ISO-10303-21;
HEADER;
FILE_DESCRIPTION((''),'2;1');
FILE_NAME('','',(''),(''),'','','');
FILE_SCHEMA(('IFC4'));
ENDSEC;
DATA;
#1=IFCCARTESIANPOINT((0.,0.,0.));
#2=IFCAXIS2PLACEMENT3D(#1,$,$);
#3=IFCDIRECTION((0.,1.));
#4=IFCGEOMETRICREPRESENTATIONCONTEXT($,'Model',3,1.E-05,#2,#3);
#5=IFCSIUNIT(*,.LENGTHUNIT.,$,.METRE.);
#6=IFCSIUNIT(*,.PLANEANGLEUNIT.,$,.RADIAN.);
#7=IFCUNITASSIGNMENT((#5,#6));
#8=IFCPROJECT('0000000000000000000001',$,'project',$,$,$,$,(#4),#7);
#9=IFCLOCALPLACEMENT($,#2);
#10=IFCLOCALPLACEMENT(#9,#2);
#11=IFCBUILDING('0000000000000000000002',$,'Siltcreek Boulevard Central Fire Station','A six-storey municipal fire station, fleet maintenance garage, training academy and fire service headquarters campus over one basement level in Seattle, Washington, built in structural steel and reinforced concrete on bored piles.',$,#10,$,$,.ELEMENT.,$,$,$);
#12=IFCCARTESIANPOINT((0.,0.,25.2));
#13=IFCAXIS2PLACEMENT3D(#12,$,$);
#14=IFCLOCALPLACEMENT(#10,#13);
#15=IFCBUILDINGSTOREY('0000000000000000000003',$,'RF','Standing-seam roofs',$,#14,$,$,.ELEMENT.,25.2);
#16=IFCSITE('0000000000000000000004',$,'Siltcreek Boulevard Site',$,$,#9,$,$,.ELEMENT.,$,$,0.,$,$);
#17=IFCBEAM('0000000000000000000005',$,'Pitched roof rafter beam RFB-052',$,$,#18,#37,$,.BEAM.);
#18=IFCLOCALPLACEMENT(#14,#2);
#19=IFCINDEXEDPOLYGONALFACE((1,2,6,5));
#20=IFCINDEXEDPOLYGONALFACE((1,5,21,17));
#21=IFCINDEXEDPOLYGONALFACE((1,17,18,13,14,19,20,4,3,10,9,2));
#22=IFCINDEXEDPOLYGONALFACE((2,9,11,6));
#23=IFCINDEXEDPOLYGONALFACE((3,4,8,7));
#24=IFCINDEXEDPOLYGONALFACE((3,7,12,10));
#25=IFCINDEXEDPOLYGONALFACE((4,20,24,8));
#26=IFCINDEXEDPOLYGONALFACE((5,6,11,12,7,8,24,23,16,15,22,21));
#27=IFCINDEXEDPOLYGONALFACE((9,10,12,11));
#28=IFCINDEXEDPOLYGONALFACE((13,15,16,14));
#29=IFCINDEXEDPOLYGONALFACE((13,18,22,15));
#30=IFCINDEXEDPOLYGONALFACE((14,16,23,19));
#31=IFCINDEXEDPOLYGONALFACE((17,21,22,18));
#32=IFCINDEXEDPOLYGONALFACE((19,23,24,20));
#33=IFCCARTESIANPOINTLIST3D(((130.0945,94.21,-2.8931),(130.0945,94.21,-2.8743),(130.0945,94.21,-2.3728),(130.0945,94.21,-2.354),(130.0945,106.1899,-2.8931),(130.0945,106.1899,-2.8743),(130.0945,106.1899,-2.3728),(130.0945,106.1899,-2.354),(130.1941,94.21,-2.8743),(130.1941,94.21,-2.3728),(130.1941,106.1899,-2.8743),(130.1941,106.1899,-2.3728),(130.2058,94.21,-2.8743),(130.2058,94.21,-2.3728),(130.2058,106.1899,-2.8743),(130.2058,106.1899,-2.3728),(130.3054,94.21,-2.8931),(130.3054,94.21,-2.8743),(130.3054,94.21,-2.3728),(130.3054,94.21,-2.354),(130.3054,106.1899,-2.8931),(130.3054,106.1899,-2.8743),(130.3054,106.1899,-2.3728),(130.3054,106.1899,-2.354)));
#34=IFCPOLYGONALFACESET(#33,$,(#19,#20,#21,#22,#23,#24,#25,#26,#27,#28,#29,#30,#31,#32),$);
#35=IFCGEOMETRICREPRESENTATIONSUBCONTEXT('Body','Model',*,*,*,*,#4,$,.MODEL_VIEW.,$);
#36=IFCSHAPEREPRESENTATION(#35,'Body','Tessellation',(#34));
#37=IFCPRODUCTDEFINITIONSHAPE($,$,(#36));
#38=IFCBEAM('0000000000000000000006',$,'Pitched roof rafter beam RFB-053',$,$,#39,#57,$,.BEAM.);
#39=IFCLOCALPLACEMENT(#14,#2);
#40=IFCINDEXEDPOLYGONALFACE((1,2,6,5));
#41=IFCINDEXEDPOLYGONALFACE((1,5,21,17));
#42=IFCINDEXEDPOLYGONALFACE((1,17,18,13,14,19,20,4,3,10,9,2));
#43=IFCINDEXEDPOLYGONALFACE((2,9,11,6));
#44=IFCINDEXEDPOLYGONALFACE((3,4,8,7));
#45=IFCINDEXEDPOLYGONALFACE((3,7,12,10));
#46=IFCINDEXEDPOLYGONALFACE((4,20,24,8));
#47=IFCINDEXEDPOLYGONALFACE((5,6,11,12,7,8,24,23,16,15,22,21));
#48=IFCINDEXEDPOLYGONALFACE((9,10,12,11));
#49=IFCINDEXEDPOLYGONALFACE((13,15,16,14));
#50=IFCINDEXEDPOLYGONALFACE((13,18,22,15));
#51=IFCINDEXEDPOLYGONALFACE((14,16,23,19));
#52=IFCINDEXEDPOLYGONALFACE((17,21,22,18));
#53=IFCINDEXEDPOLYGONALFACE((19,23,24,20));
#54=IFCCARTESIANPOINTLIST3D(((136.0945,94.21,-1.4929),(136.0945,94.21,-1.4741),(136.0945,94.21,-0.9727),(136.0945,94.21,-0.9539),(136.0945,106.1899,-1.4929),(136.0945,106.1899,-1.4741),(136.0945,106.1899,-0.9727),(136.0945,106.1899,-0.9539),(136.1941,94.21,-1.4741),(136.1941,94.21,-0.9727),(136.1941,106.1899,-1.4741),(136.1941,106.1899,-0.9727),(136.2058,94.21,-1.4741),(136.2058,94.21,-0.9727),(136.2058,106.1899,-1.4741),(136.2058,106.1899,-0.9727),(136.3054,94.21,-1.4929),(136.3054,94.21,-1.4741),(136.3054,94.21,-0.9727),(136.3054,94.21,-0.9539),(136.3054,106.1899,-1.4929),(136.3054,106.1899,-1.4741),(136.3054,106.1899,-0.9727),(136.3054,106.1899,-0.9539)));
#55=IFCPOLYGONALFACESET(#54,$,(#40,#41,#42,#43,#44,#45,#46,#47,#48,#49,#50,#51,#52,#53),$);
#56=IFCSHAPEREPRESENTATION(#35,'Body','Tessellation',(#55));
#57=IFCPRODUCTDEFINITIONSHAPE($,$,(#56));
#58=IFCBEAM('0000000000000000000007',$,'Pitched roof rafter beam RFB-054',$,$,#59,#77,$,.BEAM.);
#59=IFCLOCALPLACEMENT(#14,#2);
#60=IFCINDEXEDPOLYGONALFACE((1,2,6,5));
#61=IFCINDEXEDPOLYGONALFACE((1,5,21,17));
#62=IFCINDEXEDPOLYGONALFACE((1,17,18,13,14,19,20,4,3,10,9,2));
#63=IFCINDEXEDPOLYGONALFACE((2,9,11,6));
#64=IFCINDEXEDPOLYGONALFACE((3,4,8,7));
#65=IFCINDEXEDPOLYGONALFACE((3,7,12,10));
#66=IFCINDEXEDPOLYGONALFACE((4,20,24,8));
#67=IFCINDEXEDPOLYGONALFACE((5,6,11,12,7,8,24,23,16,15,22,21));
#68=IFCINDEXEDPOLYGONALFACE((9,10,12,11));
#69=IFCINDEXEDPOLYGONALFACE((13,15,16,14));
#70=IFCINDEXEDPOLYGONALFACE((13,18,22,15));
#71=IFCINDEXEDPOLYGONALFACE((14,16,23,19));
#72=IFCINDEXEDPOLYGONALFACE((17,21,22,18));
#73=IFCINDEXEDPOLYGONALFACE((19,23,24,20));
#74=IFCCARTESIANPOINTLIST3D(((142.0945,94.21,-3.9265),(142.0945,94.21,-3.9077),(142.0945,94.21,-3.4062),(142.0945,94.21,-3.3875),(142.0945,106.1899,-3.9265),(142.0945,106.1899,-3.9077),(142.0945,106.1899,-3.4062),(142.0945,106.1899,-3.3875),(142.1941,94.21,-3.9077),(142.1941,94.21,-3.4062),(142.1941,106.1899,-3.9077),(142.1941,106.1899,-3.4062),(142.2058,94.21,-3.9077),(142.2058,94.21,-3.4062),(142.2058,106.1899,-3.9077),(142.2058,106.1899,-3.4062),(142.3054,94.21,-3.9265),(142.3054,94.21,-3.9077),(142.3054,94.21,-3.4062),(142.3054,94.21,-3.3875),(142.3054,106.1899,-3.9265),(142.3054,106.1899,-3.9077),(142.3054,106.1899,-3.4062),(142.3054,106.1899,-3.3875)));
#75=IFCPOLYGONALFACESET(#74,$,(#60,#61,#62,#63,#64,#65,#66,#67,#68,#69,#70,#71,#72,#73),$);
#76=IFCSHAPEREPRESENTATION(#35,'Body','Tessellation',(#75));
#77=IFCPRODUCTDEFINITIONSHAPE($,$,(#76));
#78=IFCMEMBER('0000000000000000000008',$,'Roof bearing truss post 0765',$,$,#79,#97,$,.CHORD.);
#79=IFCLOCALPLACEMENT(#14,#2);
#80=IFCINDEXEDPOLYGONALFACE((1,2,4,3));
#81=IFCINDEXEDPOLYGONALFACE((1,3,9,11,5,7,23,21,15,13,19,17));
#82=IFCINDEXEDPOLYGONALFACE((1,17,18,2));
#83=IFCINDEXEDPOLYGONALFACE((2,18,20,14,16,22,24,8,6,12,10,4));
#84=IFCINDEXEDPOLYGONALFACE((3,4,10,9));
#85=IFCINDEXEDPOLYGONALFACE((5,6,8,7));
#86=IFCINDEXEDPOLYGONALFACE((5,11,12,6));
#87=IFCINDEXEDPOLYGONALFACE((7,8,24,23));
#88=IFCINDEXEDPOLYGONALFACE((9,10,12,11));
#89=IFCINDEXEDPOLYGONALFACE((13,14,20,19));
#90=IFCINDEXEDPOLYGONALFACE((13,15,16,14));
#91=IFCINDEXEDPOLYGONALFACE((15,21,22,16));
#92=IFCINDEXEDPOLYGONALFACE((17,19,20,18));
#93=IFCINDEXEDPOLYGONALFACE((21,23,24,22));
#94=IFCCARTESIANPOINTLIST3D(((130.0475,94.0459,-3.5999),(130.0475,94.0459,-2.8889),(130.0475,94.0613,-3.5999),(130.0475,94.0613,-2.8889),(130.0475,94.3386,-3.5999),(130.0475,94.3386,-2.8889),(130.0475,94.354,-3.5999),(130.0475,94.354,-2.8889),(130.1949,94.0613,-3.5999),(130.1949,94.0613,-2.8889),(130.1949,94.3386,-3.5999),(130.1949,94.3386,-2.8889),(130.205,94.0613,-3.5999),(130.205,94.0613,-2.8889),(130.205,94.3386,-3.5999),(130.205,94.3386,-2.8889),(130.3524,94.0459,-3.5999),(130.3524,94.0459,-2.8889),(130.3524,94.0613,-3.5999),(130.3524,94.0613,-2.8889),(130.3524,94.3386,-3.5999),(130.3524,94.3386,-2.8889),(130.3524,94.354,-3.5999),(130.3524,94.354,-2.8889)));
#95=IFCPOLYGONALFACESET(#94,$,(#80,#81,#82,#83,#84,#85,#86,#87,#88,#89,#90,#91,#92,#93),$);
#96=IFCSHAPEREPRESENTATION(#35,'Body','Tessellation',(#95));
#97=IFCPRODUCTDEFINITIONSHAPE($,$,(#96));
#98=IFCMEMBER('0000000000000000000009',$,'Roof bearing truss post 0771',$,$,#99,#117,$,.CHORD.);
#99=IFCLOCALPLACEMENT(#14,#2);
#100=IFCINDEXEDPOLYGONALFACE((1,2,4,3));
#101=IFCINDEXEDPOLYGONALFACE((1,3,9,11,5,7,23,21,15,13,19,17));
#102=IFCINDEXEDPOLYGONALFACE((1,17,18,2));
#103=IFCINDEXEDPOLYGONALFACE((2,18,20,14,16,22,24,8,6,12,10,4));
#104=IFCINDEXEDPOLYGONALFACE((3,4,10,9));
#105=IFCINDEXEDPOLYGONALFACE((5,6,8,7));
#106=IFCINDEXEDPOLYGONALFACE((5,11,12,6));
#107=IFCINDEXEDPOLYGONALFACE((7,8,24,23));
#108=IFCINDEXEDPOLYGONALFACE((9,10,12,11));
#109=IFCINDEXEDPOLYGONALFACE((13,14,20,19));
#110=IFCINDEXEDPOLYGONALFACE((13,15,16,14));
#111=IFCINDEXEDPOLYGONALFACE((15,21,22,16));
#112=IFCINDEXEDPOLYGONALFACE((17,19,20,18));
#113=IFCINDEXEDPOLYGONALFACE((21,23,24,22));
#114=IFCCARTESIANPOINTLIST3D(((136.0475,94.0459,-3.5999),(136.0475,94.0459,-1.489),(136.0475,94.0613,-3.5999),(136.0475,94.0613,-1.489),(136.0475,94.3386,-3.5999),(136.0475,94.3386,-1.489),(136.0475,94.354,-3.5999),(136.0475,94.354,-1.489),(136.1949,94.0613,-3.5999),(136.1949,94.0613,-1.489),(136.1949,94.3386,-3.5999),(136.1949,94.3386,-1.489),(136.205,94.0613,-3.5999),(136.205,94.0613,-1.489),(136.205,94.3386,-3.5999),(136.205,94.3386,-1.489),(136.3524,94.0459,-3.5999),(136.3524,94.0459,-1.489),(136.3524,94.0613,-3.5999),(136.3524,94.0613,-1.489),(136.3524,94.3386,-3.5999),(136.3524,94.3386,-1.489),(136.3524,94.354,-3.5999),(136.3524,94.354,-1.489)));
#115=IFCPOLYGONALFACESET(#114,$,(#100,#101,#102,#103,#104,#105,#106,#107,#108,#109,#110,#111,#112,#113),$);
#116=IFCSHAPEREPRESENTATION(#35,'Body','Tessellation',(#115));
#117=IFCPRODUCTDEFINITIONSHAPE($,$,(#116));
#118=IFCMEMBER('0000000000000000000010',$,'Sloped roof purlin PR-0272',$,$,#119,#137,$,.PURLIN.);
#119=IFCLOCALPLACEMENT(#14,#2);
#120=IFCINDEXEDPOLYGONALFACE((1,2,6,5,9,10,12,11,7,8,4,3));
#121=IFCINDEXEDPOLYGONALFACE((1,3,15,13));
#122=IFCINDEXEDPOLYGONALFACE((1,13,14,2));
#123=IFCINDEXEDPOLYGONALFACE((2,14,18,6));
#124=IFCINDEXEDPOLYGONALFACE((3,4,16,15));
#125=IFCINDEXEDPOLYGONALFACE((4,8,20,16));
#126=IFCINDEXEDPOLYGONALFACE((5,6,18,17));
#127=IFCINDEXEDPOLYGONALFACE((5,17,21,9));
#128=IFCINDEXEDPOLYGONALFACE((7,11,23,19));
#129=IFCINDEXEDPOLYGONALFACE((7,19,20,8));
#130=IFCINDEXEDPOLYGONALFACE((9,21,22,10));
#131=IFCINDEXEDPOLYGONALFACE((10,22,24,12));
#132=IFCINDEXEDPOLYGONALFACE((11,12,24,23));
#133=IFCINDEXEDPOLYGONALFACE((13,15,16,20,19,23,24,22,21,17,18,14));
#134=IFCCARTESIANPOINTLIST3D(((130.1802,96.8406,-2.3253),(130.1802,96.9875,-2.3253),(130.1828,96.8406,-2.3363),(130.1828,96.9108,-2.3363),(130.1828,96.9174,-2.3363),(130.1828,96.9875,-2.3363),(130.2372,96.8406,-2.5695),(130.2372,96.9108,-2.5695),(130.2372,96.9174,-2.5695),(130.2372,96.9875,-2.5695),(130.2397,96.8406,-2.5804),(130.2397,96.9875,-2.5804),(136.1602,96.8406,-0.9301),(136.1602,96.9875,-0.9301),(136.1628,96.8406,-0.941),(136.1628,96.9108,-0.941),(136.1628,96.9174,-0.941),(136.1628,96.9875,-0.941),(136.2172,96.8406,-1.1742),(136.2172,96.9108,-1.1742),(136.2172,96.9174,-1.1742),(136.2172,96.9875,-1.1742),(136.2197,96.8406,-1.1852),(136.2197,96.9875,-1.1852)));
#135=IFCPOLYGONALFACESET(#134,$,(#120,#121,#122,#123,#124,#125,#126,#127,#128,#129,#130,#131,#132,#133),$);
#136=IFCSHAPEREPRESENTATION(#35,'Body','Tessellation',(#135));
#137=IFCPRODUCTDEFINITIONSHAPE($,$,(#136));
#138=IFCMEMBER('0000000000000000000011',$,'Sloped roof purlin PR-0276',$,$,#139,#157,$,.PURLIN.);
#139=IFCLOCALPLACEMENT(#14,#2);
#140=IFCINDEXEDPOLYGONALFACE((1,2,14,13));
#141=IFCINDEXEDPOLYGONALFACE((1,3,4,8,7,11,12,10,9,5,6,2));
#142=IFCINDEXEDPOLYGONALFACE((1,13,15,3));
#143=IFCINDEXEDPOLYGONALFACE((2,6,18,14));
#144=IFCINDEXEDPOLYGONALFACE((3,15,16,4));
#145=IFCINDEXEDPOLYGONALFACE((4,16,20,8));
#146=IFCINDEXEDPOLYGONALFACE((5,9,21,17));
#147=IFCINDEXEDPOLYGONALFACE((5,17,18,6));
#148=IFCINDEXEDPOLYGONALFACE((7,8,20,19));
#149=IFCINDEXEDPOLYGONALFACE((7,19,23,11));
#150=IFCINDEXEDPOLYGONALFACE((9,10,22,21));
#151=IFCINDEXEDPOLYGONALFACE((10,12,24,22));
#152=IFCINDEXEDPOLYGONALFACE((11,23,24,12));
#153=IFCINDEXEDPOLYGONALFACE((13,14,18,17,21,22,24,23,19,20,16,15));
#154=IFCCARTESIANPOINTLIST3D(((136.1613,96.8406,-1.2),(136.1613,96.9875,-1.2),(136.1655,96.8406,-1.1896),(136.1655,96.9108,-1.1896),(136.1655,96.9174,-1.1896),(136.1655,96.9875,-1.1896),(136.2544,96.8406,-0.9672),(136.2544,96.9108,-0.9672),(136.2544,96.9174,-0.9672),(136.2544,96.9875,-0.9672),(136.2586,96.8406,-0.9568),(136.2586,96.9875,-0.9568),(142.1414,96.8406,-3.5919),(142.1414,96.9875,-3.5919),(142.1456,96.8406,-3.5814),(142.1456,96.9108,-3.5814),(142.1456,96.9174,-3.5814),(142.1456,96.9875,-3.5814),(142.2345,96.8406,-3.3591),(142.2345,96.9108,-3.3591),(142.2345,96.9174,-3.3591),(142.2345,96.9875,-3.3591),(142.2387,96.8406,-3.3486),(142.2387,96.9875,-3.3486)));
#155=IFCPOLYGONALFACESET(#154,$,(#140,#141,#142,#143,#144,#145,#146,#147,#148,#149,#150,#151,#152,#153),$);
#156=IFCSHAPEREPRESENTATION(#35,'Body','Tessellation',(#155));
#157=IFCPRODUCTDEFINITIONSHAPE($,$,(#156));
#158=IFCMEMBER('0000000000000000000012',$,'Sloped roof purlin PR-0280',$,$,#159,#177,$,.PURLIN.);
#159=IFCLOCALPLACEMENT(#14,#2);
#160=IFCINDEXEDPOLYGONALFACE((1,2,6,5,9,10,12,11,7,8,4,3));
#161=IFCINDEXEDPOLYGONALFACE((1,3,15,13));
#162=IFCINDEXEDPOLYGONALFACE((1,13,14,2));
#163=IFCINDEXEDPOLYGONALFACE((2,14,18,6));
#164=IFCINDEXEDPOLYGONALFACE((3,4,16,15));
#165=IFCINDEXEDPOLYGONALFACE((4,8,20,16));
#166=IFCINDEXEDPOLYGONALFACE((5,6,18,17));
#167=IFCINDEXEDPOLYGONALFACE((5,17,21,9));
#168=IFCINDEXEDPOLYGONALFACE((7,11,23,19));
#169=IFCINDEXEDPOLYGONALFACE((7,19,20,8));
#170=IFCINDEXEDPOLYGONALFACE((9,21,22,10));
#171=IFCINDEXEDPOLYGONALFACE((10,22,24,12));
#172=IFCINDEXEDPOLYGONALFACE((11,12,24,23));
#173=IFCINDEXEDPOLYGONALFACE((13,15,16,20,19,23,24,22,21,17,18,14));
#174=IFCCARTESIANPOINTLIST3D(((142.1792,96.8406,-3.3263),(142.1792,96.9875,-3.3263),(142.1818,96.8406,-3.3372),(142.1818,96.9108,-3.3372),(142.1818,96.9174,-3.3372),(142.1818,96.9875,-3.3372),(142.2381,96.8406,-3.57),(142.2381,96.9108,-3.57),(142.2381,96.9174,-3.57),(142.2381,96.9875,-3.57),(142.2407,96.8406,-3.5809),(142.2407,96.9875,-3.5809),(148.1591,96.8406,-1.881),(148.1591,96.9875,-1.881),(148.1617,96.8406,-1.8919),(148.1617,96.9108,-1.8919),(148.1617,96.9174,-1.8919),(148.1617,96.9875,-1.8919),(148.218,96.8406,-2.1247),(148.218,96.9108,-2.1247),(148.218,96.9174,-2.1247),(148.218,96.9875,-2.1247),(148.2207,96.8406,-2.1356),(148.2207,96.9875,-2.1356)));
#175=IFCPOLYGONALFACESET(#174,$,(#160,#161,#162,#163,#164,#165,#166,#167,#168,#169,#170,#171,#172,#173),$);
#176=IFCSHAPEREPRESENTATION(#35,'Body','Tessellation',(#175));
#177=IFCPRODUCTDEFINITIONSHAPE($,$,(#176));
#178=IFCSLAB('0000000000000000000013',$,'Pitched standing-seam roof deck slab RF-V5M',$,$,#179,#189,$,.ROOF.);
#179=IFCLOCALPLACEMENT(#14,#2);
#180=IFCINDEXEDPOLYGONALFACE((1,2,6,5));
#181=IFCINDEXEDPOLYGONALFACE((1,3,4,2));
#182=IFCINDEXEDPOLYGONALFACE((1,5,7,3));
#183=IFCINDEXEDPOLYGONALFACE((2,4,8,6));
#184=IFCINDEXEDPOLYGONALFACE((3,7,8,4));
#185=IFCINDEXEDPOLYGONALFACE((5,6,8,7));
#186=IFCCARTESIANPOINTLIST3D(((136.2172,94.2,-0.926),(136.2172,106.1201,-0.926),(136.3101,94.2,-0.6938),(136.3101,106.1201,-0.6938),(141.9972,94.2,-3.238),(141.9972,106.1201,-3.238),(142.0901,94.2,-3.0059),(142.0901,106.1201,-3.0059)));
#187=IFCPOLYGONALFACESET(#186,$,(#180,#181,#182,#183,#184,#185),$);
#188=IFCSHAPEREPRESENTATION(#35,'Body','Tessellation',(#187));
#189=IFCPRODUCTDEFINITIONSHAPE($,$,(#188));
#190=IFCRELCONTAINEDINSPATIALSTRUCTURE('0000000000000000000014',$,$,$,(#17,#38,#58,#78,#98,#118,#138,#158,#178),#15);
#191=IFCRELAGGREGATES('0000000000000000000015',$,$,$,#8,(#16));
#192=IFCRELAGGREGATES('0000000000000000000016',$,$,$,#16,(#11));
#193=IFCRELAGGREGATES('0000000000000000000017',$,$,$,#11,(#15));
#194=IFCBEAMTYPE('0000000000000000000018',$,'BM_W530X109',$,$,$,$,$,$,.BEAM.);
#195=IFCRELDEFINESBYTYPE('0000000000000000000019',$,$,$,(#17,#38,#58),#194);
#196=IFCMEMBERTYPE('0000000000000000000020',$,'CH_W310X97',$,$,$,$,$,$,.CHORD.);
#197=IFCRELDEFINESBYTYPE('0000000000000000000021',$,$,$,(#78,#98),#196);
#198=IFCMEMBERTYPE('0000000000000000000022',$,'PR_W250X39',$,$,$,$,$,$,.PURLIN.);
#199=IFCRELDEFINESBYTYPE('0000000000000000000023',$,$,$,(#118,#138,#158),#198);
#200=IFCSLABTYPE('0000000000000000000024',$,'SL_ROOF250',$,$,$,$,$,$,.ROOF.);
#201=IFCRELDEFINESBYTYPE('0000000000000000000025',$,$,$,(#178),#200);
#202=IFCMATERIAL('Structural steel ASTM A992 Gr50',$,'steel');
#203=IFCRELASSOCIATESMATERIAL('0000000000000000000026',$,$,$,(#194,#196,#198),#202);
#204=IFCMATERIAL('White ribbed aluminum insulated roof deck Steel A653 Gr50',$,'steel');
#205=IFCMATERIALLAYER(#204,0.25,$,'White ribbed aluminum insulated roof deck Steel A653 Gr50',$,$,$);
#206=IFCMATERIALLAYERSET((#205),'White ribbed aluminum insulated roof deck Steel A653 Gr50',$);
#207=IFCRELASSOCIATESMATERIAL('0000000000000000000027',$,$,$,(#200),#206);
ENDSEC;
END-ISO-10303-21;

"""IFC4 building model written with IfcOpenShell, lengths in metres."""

from ifc_helpers import new_model, si_unit, direction, frame, origin, origin_2d, place, context, subcontext, project, spatial, polyline, i_section, outline, extrude, material, layer, layer_set, material_profile, profile_set, type_object, element, save


model = new_model("IFC4")

# Units and contexts
model_context = context("Model", 3, precision=1e-05, world=origin(), true_north=direction((0.0, 1.0)))
body_context = subcontext(model_context, "Body", "Model", "MODEL_VIEW")
ifc_project = project(units=[si_unit("LENGTHUNIT", "METRE"), si_unit("PLANEANGLEUNIT", "RADIAN")], contexts=[model_context])

# Site, building, storey
site_placement = place(None, origin())
site = spatial("IfcSite", under=ifc_project, at=site_placement, Name="Siltcreek Boulevard Site", CompositionType="ELEMENT", RefElevation=0.0)
building_placement = place(site_placement, origin())
building = spatial("IfcBuilding", under=site, at=building_placement, Name="Siltcreek Boulevard Central Fire Station", Description="A six-storey municipal fire station, fleet maintenance garage, training academy and fire service headquarters campus over one basement level in Seattle, Washington, built in structural steel and reinforced concrete on bored piles.", CompositionType="ELEMENT")
storey_placement = place(building_placement, frame((0.0, 0.0, 25.2)))
storey = spatial("IfcBuildingStorey", under=building, at=storey_placement, Name="RF", Description="Standing-seam roofs", CompositionType="ELEMENT", Elevation=25.2)

# Beams
ifc_material_1 = material(Name="Structural steel ASTM A992 Gr50", Category="steel")
ifc_material_profile_1 = material_profile(ifc_material_1, i_section(OverallWidth=0.2109, OverallDepth=0.5391, WebThickness=0.0117, FlangeThickness=0.0188, at=origin_2d()), Name="W530X109")
ifc_profile_set_1 = profile_set([ifc_material_profile_1], Name="Structural steel ASTM A992 Gr50")
beam_type = type_object("IfcBeamType", Name="BM_W530X109", PredefinedType="BEAM", material=ifc_profile_set_1)
for number, where, z_axis, x_axis, name in (
    (1, (130.2, 94.21, -2.6235), (0.0, 1.0, 0.0), (-1.0, 0.0, 0.0), "Pitched roof rafter beam RFB-052"),
    (2, (136.2, 94.21, -1.2234), (0.0, 1.0, 0.0), (-1.0, 0.0, 0.0), "Pitched roof rafter beam RFB-053"),
    (3, (142.2, 94.21, -3.657), (0.0, 1.0, 0.0), (-1.0, 0.0, 0.0), "Pitched roof rafter beam RFB-054"),
):
    element("IfcBeam", number, at=place(storey_placement, frame(where, z_axis=z_axis, x_axis=x_axis)), inside=storey, type_object=beam_type, Name=name, PredefinedType="BEAM", context=body_context, shape_type="SweptSolid", body=[
        extrude(i_section(OverallWidth=0.2109, OverallDepth=0.5391, WebThickness=0.0117, FlangeThickness=0.0188, at=origin_2d()), origin(), (0.0, 0.0, 1.0), 11.98),
    ])

# Members
ifc_material_profile_2 = material_profile(ifc_material_1, i_section(OverallWidth=0.3049, OverallDepth=0.3081, WebThickness=0.01, FlangeThickness=0.0154, at=origin_2d()), Name="W310X97")
ifc_profile_set_2 = profile_set([ifc_material_profile_2], Name="Structural steel ASTM A992 Gr50")
member_type_1 = type_object("IfcMemberType", Name="CH_W310X97", PredefinedType="CHORD", material=ifc_profile_set_2)
member_1_placement = place(storey_placement, frame((130.2, 94.2, -3.5999), z_axis=(0.0, 0.0, 1.0), x_axis=(1.0, 0.0, 0.0)))
element("IfcMember", 4, at=member_1_placement, inside=storey, type_object=member_type_1, Name="Roof bearing truss post 0765", PredefinedType="CHORD", context=body_context, shape_type="SweptSolid", body=[
    extrude(i_section(OverallWidth=0.3049, OverallDepth=0.3081, WebThickness=0.01, FlangeThickness=0.0154, at=origin_2d()), origin(), (0.0, 0.0, 1.0), 0.7109),
])
member_2_placement = place(storey_placement, frame((136.2, 94.2, -3.5999), z_axis=(0.0, 0.0, 1.0), x_axis=(1.0, 0.0, 0.0)))
element("IfcMember", 5, at=member_2_placement, inside=storey, type_object=member_type_1, Name="Roof bearing truss post 0771", PredefinedType="CHORD", context=body_context, shape_type="SweptSolid", body=[
    extrude(i_section(OverallWidth=0.3049, OverallDepth=0.3081, WebThickness=0.01, FlangeThickness=0.0154, at=origin_2d()), origin(), (0.0, 0.0, 1.0), 2.1108),
])
ifc_material_profile_3 = material_profile(ifc_material_1, i_section(OverallWidth=0.147, OverallDepth=0.262, WebThickness=0.0066, FlangeThickness=0.0112, at=origin_2d()), Name="W250X39")
ifc_profile_set_3 = profile_set([ifc_material_profile_3], Name="Structural steel ASTM A992 Gr50")
member_type_2 = type_object("IfcMemberType", Name="PR_W250X39", PredefinedType="PURLIN", material=ifc_profile_set_3)
member_3_placement = place(storey_placement, frame((130.21, 96.9141, -2.4529), z_axis=(0.973844, 0.0, 0.22722), x_axis=(0.0, 1.0, 0.0)))
element("IfcMember", 6, at=member_3_placement, inside=storey, type_object=member_type_2, Name="Sloped roof purlin PR-0272", PredefinedType="PURLIN", context=body_context, shape_type="SweptSolid", body=[
    extrude(i_section(OverallWidth=0.147, OverallDepth=0.262, WebThickness=0.0066, FlangeThickness=0.0112, at=origin_2d()), origin(), (0.0, 0.0, 1.0), 6.1406),
])
member_4_placement = place(storey_placement, frame((136.21, 96.9141, -1.0784), z_axis=(0.928485, 0.0, -0.371371), x_axis=(0.0, 1.0, 0.0)))
element("IfcMember", 7, at=member_4_placement, inside=storey, type_object=member_type_2, Name="Sloped roof purlin PR-0276", PredefinedType="PURLIN", context=body_context, shape_type="SweptSolid", body=[
    extrude(i_section(OverallWidth=0.147, OverallDepth=0.262, WebThickness=0.0066, FlangeThickness=0.0112, at=origin_2d()), origin(), (0.0, 0.0, 1.0), 6.4407),
])
member_5_placement = place(storey_placement, frame((142.21, 96.9141, -3.4536), z_axis=(0.972013, 0.0, 0.234928), x_axis=(0.0, 1.0, 0.0)))
element("IfcMember", 8, at=member_5_placement, inside=storey, type_object=member_type_2, Name="Sloped roof purlin PR-0280", PredefinedType="PURLIN", context=body_context, shape_type="SweptSolid", body=[
    extrude(i_section(OverallWidth=0.147, OverallDepth=0.262, WebThickness=0.0066, FlangeThickness=0.0112, at=origin_2d()), origin(), (0.0, 0.0, 1.0), 6.1521),
])

# Slab
ifc_material_2 = material(Name="White ribbed aluminum insulated roof deck Steel A653 Gr50", Category="steel")
ifc_layer_1 = layer(ifc_material_2, 0.25, Name="White ribbed aluminum insulated roof deck Steel A653 Gr50")
ifc_layer_set_1 = layer_set([ifc_layer_1], Name="White ribbed aluminum insulated roof deck Steel A653 Gr50")
slab_type = type_object("IfcSlabType", Name="SL_ROOF250", PredefinedType="ROOF", material=ifc_layer_set_1)
slab_placement = place(storey_placement, frame((136.3101, 94.2, -0.6938), z_axis=(0.371391, 0.0, 0.928477), x_axis=(0.928477, 0.0, -0.371391)))
element("IfcSlab", 9, at=slab_placement, inside=storey, type_object=slab_type, Name="Pitched standing-seam roof deck slab RF-V5M", PredefinedType="ROOF", context=body_context, shape_type="SweptSolid", body=[
    extrude(outline(polyline([(0.0, 0.0), (6.2253, 0.0), (6.2253, 11.9202), (0.0, 11.9202), (0.0, 0.0)])), origin(), (0.0, 0.0, -1.0), 0.25),
])

save(model, "model.ifc")
